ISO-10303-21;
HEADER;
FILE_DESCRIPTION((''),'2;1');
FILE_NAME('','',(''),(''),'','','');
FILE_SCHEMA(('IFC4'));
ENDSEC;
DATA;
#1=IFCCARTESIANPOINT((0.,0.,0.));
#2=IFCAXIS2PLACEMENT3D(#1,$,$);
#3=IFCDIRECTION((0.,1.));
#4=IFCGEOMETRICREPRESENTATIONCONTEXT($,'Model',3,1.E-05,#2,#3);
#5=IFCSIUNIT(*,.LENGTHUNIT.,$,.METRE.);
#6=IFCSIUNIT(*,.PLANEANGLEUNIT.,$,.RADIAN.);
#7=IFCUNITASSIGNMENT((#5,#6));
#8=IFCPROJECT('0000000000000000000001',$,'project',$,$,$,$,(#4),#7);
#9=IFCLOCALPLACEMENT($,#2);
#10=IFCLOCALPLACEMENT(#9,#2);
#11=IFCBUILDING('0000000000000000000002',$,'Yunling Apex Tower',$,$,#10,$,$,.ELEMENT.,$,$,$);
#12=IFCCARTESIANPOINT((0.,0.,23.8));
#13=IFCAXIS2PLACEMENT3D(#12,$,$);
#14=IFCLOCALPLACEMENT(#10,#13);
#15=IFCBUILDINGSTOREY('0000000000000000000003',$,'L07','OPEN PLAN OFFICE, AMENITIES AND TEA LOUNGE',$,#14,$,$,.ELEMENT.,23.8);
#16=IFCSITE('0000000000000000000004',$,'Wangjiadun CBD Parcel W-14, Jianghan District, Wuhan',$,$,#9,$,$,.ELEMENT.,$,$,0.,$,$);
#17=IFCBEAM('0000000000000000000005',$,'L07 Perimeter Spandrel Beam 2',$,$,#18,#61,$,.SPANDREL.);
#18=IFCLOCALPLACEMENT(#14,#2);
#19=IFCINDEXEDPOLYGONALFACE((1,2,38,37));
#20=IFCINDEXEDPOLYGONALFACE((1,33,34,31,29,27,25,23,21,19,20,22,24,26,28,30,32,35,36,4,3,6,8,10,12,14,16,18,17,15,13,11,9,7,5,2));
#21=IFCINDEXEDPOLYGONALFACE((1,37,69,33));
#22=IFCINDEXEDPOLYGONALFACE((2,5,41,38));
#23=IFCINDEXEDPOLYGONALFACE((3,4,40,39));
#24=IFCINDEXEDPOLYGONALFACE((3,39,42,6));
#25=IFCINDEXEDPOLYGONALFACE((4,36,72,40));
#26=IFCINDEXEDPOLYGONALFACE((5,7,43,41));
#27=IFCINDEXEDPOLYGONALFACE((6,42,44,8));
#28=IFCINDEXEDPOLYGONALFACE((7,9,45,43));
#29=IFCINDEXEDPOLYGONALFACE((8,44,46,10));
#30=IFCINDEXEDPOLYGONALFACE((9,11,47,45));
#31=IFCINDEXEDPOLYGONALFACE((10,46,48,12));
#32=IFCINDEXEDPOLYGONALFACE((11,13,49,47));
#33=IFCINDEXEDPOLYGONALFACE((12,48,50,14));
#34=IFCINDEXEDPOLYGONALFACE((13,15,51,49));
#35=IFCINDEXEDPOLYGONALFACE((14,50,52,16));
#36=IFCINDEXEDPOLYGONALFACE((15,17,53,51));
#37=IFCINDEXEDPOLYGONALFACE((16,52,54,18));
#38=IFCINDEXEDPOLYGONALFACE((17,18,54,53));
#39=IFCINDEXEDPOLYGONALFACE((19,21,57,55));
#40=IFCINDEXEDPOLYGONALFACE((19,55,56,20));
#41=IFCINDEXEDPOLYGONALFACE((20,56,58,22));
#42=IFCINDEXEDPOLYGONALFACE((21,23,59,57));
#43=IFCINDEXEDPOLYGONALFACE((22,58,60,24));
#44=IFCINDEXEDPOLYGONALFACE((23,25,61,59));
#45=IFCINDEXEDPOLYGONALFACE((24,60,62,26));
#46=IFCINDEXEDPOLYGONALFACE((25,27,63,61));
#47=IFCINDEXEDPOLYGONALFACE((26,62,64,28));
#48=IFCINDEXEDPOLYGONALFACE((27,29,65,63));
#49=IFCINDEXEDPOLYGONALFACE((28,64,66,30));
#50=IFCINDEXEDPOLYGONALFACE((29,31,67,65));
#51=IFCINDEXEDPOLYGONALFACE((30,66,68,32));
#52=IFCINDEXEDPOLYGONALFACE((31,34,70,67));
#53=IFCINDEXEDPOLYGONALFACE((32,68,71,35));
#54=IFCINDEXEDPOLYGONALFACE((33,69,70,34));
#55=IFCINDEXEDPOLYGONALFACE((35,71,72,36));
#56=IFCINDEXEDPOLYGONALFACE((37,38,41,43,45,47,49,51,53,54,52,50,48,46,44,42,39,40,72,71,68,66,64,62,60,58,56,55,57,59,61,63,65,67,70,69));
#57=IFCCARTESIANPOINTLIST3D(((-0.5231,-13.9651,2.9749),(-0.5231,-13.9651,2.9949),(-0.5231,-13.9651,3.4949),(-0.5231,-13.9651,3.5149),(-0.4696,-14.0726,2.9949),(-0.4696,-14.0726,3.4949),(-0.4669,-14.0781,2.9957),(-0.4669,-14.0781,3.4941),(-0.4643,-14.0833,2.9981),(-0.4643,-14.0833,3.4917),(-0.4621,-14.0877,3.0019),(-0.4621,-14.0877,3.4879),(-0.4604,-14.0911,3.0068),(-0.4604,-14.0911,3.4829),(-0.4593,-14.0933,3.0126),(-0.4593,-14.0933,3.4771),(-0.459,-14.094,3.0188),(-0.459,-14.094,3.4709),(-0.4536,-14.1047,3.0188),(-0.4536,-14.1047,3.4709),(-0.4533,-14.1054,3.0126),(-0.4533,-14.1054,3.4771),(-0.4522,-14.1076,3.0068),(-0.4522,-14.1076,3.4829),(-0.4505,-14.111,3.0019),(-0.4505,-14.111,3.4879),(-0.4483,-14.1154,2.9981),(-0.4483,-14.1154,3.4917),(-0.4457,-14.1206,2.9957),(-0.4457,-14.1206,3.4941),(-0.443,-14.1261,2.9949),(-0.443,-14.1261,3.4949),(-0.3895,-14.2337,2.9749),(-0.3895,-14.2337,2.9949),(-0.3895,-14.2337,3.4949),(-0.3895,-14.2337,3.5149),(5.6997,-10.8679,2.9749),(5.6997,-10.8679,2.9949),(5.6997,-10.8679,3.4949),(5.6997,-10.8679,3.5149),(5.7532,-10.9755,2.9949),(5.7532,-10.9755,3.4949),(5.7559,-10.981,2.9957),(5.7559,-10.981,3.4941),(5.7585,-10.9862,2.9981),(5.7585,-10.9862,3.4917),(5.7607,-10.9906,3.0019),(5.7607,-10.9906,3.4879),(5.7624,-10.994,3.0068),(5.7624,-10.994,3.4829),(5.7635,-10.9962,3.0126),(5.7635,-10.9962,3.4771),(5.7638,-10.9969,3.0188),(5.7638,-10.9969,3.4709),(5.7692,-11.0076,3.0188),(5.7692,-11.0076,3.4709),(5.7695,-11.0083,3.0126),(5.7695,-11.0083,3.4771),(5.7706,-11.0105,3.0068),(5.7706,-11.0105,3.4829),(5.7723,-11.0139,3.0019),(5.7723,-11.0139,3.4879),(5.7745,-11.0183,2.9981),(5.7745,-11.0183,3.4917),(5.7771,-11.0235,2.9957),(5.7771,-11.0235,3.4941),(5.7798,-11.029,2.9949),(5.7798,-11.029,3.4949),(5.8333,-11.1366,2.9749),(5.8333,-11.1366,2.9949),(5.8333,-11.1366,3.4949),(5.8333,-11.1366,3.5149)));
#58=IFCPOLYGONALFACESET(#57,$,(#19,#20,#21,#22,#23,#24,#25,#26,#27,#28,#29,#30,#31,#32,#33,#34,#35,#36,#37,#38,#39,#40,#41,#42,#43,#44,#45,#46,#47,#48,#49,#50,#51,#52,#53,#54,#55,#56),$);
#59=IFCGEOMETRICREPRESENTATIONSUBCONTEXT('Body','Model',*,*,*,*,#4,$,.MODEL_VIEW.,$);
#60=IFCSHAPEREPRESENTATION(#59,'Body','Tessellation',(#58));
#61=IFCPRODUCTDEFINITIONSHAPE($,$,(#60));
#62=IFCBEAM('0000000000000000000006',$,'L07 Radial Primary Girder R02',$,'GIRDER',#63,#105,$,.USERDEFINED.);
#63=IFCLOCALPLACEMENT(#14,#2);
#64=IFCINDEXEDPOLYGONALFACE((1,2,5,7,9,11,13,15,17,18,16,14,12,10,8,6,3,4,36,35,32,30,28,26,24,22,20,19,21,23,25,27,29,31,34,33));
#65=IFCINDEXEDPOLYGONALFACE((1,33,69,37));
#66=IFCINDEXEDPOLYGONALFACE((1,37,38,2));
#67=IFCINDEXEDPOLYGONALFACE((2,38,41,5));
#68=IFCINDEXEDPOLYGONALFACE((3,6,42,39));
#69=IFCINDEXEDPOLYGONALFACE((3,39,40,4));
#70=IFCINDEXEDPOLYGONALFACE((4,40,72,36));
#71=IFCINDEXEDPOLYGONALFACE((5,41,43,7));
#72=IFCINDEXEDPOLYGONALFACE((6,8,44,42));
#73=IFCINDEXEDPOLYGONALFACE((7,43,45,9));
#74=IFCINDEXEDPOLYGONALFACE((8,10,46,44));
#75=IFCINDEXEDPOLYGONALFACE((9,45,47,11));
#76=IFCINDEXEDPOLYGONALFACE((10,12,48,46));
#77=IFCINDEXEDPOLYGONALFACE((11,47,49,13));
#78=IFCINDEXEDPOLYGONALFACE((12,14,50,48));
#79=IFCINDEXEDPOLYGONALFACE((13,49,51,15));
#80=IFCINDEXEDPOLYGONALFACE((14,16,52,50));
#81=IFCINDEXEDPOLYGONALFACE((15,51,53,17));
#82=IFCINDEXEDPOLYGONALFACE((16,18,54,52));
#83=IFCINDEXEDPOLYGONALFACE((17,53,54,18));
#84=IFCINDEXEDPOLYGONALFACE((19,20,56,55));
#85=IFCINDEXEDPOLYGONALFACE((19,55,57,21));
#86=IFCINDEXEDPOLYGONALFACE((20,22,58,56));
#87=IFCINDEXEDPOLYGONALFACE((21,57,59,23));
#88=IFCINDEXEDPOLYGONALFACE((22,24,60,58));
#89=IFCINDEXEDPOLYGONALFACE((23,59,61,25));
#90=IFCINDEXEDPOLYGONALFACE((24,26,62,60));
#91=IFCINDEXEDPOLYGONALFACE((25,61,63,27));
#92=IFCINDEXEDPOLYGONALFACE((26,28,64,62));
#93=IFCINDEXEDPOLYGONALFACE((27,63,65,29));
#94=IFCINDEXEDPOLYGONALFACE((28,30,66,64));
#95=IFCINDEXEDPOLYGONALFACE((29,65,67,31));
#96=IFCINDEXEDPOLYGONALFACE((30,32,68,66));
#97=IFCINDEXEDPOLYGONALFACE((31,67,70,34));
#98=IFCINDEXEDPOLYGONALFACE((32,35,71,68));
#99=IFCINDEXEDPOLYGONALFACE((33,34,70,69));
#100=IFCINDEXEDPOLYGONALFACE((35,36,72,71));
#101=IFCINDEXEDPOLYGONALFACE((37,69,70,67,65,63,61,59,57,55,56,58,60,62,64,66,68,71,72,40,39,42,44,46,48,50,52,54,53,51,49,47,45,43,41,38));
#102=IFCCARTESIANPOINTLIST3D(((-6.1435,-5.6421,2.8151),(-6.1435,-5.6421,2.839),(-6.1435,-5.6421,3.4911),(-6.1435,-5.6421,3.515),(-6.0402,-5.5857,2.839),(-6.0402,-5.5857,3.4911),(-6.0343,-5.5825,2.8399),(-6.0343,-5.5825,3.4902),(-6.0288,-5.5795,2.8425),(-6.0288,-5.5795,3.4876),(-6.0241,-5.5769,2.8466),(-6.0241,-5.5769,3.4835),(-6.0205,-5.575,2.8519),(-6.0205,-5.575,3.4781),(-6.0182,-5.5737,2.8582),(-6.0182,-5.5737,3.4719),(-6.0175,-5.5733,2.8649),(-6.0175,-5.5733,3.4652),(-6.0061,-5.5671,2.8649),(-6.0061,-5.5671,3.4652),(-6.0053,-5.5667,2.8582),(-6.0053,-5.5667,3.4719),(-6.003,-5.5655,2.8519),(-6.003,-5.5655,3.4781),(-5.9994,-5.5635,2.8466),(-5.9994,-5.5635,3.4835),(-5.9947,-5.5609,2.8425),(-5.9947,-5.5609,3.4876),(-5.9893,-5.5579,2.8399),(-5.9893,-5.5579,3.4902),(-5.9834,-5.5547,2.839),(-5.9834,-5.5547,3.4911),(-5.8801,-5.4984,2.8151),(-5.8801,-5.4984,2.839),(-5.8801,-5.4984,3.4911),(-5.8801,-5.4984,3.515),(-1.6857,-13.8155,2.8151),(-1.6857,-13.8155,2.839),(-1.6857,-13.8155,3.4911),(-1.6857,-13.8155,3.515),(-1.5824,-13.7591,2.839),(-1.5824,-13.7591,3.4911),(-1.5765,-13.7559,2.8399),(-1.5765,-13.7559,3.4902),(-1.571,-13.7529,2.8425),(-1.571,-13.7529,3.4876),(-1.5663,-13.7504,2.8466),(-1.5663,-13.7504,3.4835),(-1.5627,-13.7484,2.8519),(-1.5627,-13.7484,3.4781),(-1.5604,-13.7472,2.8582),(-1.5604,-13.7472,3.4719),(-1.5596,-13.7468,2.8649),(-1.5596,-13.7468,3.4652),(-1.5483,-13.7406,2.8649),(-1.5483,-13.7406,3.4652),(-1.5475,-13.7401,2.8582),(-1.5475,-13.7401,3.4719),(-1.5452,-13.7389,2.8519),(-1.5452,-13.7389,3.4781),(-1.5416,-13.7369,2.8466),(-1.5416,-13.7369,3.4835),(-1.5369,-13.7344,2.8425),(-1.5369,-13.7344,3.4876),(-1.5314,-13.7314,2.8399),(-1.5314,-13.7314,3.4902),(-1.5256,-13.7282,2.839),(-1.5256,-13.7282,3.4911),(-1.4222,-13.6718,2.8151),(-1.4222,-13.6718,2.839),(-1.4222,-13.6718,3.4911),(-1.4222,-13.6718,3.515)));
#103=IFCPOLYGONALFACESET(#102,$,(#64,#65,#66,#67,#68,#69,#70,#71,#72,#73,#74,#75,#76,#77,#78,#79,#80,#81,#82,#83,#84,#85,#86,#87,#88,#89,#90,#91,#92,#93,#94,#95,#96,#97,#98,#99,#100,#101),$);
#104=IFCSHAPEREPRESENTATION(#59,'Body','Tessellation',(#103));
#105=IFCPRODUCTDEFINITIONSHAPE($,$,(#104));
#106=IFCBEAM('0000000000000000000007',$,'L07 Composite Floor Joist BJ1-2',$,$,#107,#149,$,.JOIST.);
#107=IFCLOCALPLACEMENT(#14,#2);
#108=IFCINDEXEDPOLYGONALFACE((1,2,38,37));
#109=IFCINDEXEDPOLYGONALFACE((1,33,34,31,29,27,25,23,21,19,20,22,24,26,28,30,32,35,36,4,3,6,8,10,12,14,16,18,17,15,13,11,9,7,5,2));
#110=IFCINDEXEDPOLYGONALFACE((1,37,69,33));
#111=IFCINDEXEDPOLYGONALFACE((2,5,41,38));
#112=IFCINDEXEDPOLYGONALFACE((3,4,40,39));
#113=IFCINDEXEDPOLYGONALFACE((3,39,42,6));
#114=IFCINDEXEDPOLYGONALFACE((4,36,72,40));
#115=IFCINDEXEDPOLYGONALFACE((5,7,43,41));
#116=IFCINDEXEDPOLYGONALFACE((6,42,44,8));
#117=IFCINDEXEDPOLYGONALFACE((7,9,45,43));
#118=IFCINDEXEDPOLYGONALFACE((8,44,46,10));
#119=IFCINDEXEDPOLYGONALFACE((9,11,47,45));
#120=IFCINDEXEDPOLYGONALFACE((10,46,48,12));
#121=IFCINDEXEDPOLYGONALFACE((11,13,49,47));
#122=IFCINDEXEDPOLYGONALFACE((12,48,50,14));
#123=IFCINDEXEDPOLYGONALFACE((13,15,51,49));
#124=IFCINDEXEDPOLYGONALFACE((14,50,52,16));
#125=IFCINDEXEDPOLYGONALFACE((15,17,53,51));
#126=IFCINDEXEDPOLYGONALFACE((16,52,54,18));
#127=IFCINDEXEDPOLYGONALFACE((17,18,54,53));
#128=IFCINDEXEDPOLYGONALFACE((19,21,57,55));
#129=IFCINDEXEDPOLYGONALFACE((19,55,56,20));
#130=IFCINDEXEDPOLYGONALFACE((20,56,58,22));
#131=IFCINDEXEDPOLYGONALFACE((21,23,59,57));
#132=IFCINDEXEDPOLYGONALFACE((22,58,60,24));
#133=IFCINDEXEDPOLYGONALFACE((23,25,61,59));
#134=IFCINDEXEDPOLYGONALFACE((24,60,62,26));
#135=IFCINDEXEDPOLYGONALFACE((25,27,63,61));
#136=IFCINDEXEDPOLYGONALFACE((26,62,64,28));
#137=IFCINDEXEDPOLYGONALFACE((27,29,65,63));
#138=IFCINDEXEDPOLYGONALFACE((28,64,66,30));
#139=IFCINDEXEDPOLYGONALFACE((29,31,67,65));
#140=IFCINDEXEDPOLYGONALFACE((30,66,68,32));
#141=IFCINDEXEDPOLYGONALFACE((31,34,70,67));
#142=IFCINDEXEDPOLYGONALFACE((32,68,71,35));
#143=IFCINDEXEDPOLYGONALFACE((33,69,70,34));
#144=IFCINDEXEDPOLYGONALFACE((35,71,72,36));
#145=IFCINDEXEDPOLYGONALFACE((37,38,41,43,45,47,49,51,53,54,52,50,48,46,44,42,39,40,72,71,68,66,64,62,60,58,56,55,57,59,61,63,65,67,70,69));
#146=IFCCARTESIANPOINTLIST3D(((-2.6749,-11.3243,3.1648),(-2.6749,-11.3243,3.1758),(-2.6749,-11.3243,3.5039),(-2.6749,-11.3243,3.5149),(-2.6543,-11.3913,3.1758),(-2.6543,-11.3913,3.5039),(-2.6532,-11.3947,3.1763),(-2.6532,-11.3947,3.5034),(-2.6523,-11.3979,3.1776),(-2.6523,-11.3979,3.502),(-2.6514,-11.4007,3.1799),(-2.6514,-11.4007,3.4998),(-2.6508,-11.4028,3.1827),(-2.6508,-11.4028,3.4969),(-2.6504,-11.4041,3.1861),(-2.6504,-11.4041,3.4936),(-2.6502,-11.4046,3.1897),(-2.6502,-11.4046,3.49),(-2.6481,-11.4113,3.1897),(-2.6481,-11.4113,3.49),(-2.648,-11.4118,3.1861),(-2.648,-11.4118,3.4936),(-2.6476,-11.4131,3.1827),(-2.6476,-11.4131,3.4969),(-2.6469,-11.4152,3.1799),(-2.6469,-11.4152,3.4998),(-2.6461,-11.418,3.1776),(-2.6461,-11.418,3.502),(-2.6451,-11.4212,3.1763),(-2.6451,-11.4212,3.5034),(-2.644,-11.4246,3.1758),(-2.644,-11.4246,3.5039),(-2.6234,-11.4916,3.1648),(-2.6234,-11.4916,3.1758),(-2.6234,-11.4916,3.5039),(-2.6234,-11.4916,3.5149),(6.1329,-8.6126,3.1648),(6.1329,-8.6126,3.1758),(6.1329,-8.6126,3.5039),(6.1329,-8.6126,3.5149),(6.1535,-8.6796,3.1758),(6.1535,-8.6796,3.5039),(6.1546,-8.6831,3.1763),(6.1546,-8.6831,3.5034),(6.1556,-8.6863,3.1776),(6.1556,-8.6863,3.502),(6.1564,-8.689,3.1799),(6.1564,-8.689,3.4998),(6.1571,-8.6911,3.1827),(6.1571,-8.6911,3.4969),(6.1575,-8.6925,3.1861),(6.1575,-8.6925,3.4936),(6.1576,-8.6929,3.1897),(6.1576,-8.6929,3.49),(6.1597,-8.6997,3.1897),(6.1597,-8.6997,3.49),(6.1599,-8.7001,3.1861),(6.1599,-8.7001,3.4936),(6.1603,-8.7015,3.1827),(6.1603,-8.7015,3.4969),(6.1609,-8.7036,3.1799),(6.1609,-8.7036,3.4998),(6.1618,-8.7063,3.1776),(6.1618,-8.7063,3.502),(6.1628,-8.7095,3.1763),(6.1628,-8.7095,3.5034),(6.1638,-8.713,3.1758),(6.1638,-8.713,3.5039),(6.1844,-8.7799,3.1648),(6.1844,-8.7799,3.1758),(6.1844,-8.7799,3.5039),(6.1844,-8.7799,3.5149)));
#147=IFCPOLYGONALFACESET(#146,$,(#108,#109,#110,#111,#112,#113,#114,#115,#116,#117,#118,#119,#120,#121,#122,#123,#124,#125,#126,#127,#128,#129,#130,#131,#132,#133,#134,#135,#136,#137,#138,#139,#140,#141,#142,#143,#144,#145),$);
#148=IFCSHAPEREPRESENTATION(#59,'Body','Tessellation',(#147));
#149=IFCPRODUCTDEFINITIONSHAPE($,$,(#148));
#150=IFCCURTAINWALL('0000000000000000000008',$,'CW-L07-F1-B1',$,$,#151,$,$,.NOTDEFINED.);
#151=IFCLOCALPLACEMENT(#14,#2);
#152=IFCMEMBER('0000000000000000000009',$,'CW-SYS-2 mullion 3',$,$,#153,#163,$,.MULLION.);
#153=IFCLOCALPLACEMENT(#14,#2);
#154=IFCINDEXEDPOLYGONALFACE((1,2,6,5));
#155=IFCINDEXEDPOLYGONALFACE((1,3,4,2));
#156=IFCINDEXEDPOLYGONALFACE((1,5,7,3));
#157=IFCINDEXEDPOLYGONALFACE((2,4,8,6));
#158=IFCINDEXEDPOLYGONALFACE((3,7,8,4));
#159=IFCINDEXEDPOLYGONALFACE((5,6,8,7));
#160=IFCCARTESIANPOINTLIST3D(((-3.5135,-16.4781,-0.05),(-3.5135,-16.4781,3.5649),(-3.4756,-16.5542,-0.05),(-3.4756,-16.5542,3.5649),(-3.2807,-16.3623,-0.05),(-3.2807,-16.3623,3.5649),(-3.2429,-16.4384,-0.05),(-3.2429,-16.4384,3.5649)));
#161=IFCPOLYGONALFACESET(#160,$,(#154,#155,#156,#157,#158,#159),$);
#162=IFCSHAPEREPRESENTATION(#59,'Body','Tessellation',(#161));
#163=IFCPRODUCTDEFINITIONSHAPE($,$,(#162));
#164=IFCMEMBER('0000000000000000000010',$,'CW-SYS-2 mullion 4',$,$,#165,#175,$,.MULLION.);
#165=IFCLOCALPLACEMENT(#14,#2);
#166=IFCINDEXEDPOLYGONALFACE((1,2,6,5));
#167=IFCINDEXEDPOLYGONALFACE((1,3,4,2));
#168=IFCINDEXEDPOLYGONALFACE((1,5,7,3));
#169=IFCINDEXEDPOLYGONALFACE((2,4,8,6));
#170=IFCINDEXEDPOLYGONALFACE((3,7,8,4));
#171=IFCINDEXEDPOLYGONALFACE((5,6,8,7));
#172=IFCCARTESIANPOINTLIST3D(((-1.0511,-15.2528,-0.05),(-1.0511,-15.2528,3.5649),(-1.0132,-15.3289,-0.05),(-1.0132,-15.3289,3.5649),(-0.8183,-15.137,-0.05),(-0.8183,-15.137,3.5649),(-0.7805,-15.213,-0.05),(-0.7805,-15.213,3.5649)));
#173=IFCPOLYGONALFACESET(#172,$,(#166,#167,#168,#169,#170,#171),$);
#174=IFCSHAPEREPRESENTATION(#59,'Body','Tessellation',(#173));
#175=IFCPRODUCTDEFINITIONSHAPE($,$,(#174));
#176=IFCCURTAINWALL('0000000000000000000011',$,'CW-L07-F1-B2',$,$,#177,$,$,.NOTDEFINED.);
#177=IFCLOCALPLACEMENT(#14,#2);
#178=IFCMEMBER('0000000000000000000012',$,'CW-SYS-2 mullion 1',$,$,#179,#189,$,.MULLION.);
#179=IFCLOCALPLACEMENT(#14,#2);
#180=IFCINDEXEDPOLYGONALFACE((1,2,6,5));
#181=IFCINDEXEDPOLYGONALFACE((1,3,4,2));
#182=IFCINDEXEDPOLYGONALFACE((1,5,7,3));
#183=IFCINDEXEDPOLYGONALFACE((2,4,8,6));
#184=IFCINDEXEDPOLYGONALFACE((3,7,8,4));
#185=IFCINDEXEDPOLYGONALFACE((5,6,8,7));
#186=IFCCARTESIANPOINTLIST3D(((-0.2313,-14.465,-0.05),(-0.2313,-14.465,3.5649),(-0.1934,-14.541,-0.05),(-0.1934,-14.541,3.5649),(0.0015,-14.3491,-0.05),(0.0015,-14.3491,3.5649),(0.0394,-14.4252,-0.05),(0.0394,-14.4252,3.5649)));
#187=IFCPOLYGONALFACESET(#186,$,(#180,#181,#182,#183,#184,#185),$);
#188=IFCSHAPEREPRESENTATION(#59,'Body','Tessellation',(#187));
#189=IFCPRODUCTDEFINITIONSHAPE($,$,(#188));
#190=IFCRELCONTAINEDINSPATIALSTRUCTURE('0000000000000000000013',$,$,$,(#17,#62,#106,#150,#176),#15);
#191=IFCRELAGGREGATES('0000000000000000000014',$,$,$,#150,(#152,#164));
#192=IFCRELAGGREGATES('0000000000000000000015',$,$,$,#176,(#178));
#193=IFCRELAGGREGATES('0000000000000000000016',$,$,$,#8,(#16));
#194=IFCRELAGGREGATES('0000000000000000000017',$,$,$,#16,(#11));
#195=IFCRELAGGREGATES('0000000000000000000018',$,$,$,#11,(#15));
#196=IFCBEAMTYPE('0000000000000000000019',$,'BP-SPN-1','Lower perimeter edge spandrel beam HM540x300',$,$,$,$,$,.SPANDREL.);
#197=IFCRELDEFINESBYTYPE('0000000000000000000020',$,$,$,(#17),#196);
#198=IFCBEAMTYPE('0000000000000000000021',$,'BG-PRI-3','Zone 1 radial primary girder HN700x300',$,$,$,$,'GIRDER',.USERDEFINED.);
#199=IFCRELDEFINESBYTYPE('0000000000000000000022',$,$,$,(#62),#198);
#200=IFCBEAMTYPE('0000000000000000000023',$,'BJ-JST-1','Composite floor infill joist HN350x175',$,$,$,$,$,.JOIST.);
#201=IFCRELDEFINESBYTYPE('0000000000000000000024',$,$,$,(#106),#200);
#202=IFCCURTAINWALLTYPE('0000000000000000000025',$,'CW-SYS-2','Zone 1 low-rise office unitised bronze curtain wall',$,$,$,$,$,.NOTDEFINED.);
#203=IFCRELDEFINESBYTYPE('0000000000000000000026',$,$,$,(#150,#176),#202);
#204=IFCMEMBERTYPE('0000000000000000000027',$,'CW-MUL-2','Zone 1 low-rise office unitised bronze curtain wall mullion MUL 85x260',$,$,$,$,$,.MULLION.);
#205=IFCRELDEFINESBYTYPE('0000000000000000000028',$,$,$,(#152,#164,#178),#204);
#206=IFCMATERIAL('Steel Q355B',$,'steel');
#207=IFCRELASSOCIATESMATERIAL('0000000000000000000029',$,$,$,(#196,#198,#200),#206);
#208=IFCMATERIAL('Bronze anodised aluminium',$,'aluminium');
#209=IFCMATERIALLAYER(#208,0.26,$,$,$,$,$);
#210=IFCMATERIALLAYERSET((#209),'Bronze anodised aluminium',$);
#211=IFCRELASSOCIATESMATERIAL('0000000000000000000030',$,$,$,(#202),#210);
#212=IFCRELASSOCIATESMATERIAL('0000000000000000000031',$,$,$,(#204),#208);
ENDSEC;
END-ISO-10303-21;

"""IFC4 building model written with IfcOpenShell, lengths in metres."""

from ifc_helpers import new_model, si_unit, direction, frame, origin, origin_2d, place, context, subcontext, project, spatial, rectangle, i_section, extrude, source, transform, mapped, material, layer, layer_set, material_profile, profile_set, type_object, element, aggregate, save


model = new_model("IFC4")

# Units and contexts
model_context = context("Model", 3, precision=1e-05, world=origin(), true_north=direction((0.0, 1.0)))
body_context = subcontext(model_context, "Body", "Model", "MODEL_VIEW")
ifc_project = project(units=[si_unit("LENGTHUNIT", "METRE"), si_unit("PLANEANGLEUNIT", "RADIAN")], contexts=[model_context])

# Site, building, storey
site_placement = place(None, origin())
site = spatial("IfcSite", under=ifc_project, at=site_placement, Name="Wangjiadun CBD Parcel W-14, Jianghan District, Wuhan", CompositionType="ELEMENT", RefElevation=0.0)
building_placement = place(site_placement, origin())
building = spatial("IfcBuilding", under=site, at=building_placement, Name="Yunling Apex Tower", CompositionType="ELEMENT")
storey_placement = place(building_placement, frame((0.0, 0.0, 23.8)))
storey = spatial("IfcBuildingStorey", under=building, at=storey_placement, Name="L07", Description="OPEN PLAN OFFICE, AMENITIES AND TEA LOUNGE", CompositionType="ELEMENT", Elevation=23.8)

# Beams
ifc_material_1 = material(Name="Steel Q355B", Category="steel")
ifc_material_profile_1 = material_profile(ifc_material_1, i_section(OverallWidth=0.3, OverallDepth=0.54, WebThickness=0.012, FlangeThickness=0.02, FilletRadius=0.0239, at=origin_2d()))
ifc_profile_set_1 = profile_set([ifc_material_profile_1], Name="Steel Q355B")
beam_type_1 = type_object("IfcBeamType", Name="BP-SPN-1", Description="Lower perimeter edge spandrel beam HM540x300", PredefinedType="SPANDREL", material=ifc_profile_set_1)
shared_shape_1 = source(origin(), body_context, "Body", "SweptSolid", [
    extrude(i_section(OverallWidth=0.3, OverallDepth=0.54, WebThickness=0.012, FlangeThickness=0.02, FilletRadius=0.0239, at=origin_2d()), origin(), (0.0, 0.0, 1.0), 6.9509),
])
beam_1_placement = place(storey_placement, frame((-0.4563, -14.0994, 3.2449), z_axis=(0.895248, 0.445569, 0.0), x_axis=(-0.445569, 0.895248, 0.0)))
element("IfcBeam", 1, at=beam_1_placement, inside=storey, type_object=beam_type_1, Name="L07 Perimeter Spandrel Beam 2", PredefinedType="SPANDREL", context=body_context, shape_type="MappedRepresentation", body=[
    mapped(shared_shape_1, transform((0.0, 0.0, 0.0), scale=1.0)),
])
ifc_material_profile_2 = material_profile(ifc_material_1, i_section(OverallWidth=0.3, OverallDepth=0.7, WebThickness=0.0129, FlangeThickness=0.0239, FilletRadius=0.0259, at=origin_2d()))
ifc_profile_set_2 = profile_set([ifc_material_profile_2], Name="Steel Q355B")
beam_type_2 = type_object("IfcBeamType", Name="BG-PRI-3", Description="Zone 1 radial primary girder HN700x300", ElementType="GIRDER", PredefinedType="USERDEFINED", material=ifc_profile_set_2)
shared_shape_2 = source(origin(), body_context, "Body", "SweptSolid", [
    extrude(i_section(OverallWidth=0.3, OverallDepth=0.7, WebThickness=0.0129, FlangeThickness=0.0239, FilletRadius=0.0259, at=origin_2d()), origin(), (0.0, 0.0, 1.0), 9.3101),
])
beam_2_placement = place(storey_placement, frame((-1.554, -13.7437, 3.165), z_axis=(-0.478817, 0.877915, 0.0), x_axis=(-0.877915, -0.478817, 0.0)))
element("IfcBeam", 2, at=beam_2_placement, inside=storey, type_object=beam_type_2, Name="L07 Radial Primary Girder R02", ObjectType="GIRDER", PredefinedType="USERDEFINED", context=body_context, shape_type="MappedRepresentation", body=[
    mapped(shared_shape_2, transform((0.0, 0.0, 0.0), scale=1.0)),
])
ifc_material_profile_3 = material_profile(ifc_material_1, i_section(OverallWidth=0.175, OverallDepth=0.3501, WebThickness=0.0071, FlangeThickness=0.011, FilletRadius=0.0139, at=origin_2d()))
ifc_profile_set_3 = profile_set([ifc_material_profile_3], Name="Steel Q355B")
beam_type_3 = type_object("IfcBeamType", Name="BJ-JST-1", Description="Composite floor infill joist HN350x175", PredefinedType="JOIST", material=ifc_profile_set_3)
shared_shape_3 = source(origin(), body_context, "Body", "SweptSolid", [
    extrude(i_section(OverallWidth=0.175, OverallDepth=0.3501, WebThickness=0.0071, FlangeThickness=0.011, FilletRadius=0.0139, at=origin_2d()), origin(), (0.0, 0.0, 1.0), 9.2158),
])
beam_3_placement = place(storey_placement, frame((-2.6492, -11.408, 3.3398), z_axis=(0.955731, 0.29424, 0.0), x_axis=(-0.29424, 0.955731, 0.0)))
element("IfcBeam", 3, at=beam_3_placement, inside=storey, type_object=beam_type_3, Name="L07 Composite Floor Joist BJ1-2", PredefinedType="JOIST", context=body_context, shape_type="MappedRepresentation", body=[
    mapped(shared_shape_3, transform((0.0, 0.0, 0.0), scale=1.0)),
])

# Curtain wall, members
ifc_material_2 = material(Name="Bronze anodised aluminium", Category="aluminium")
ifc_layer_1 = layer(ifc_material_2, 0.26)
ifc_layer_set_1 = layer_set([ifc_layer_1], Name="Bronze anodised aluminium")
curtain_wall_type = type_object("IfcCurtainWallType", Name="CW-SYS-2", Description="Zone 1 low-rise office unitised bronze curtain wall", PredefinedType="NOTDEFINED", material=ifc_layer_set_1)
curtain_wall_1_placement = place(storey_placement, origin())
curtain_wall_1 = element("IfcCurtainWall", 4, at=curtain_wall_1_placement, inside=storey, type_object=curtain_wall_type, Name="CW-L07-F1-B1", PredefinedType="NOTDEFINED")
ifc_material_profile_4 = material_profile(ifc_material_2, rectangle(XDim=0.085, YDim=0.26, at=origin_2d()))
ifc_profile_set_4 = profile_set([ifc_material_profile_4], Name="Bronze anodised aluminium")
member_type_1 = type_object("IfcMemberType", Name="CW-MUL-2", Description="Zone 1 low-rise office unitised bronze curtain wall mullion MUL 85x260", PredefinedType="MULLION", material=ifc_profile_set_4)
shared_shape_4 = source(origin(), body_context, "Body", "SweptSolid", [
    extrude(rectangle(XDim=0.085, YDim=0.26, at=origin_2d()), origin(), (0.0, 0.0, 1.0), 3.615),
])
member_1_placement = place(storey_placement, frame((-3.3782, -16.4583, -0.05), z_axis=(0.0, 0.0, 1.0), x_axis=(-0.445571, 0.895247, 0.0)))
member_1 = element("IfcMember", 5, at=member_1_placement, type_object=member_type_1, Name="CW-SYS-2 mullion 3", PredefinedType="MULLION", context=body_context, shape_type="MappedRepresentation", body=[
    mapped(shared_shape_4, transform((0.0, 0.0, 0.0), scale=1.0)),
])
member_2_placement = place(storey_placement, frame((-0.9158, -15.2329, -0.05), z_axis=(0.0, 0.0, 1.0), x_axis=(-0.445571, 0.895247, 0.0)))
member_2 = element("IfcMember", 6, at=member_2_placement, type_object=member_type_1, Name="CW-SYS-2 mullion 4", PredefinedType="MULLION", context=body_context, shape_type="MappedRepresentation", body=[
    mapped(shared_shape_4, transform((0.0, 0.0, 0.0), scale=1.0)),
])

# Curtain wall, member
curtain_wall_2_placement = place(storey_placement, origin())
curtain_wall_2 = element("IfcCurtainWall", 7, at=curtain_wall_2_placement, inside=storey, type_object=curtain_wall_type, Name="CW-L07-F1-B2", PredefinedType="NOTDEFINED")
member_3_placement = place(storey_placement, frame((-0.0959, -14.4451, -0.05), z_axis=(0.0, 0.0, 1.0), x_axis=(-0.445583, 0.895241, 0.0)))
member_3 = element("IfcMember", 8, at=member_3_placement, type_object=member_type_1, Name="CW-SYS-2 mullion 1", PredefinedType="MULLION", context=body_context, shape_type="MappedRepresentation", body=[
    mapped(shared_shape_4, transform((0.0, 0.0, 0.0), scale=1.0)),
])

aggregate(curtain_wall_1, [member_1, member_2])
aggregate(curtain_wall_2, [member_3])

save(model, "model.ifc")
